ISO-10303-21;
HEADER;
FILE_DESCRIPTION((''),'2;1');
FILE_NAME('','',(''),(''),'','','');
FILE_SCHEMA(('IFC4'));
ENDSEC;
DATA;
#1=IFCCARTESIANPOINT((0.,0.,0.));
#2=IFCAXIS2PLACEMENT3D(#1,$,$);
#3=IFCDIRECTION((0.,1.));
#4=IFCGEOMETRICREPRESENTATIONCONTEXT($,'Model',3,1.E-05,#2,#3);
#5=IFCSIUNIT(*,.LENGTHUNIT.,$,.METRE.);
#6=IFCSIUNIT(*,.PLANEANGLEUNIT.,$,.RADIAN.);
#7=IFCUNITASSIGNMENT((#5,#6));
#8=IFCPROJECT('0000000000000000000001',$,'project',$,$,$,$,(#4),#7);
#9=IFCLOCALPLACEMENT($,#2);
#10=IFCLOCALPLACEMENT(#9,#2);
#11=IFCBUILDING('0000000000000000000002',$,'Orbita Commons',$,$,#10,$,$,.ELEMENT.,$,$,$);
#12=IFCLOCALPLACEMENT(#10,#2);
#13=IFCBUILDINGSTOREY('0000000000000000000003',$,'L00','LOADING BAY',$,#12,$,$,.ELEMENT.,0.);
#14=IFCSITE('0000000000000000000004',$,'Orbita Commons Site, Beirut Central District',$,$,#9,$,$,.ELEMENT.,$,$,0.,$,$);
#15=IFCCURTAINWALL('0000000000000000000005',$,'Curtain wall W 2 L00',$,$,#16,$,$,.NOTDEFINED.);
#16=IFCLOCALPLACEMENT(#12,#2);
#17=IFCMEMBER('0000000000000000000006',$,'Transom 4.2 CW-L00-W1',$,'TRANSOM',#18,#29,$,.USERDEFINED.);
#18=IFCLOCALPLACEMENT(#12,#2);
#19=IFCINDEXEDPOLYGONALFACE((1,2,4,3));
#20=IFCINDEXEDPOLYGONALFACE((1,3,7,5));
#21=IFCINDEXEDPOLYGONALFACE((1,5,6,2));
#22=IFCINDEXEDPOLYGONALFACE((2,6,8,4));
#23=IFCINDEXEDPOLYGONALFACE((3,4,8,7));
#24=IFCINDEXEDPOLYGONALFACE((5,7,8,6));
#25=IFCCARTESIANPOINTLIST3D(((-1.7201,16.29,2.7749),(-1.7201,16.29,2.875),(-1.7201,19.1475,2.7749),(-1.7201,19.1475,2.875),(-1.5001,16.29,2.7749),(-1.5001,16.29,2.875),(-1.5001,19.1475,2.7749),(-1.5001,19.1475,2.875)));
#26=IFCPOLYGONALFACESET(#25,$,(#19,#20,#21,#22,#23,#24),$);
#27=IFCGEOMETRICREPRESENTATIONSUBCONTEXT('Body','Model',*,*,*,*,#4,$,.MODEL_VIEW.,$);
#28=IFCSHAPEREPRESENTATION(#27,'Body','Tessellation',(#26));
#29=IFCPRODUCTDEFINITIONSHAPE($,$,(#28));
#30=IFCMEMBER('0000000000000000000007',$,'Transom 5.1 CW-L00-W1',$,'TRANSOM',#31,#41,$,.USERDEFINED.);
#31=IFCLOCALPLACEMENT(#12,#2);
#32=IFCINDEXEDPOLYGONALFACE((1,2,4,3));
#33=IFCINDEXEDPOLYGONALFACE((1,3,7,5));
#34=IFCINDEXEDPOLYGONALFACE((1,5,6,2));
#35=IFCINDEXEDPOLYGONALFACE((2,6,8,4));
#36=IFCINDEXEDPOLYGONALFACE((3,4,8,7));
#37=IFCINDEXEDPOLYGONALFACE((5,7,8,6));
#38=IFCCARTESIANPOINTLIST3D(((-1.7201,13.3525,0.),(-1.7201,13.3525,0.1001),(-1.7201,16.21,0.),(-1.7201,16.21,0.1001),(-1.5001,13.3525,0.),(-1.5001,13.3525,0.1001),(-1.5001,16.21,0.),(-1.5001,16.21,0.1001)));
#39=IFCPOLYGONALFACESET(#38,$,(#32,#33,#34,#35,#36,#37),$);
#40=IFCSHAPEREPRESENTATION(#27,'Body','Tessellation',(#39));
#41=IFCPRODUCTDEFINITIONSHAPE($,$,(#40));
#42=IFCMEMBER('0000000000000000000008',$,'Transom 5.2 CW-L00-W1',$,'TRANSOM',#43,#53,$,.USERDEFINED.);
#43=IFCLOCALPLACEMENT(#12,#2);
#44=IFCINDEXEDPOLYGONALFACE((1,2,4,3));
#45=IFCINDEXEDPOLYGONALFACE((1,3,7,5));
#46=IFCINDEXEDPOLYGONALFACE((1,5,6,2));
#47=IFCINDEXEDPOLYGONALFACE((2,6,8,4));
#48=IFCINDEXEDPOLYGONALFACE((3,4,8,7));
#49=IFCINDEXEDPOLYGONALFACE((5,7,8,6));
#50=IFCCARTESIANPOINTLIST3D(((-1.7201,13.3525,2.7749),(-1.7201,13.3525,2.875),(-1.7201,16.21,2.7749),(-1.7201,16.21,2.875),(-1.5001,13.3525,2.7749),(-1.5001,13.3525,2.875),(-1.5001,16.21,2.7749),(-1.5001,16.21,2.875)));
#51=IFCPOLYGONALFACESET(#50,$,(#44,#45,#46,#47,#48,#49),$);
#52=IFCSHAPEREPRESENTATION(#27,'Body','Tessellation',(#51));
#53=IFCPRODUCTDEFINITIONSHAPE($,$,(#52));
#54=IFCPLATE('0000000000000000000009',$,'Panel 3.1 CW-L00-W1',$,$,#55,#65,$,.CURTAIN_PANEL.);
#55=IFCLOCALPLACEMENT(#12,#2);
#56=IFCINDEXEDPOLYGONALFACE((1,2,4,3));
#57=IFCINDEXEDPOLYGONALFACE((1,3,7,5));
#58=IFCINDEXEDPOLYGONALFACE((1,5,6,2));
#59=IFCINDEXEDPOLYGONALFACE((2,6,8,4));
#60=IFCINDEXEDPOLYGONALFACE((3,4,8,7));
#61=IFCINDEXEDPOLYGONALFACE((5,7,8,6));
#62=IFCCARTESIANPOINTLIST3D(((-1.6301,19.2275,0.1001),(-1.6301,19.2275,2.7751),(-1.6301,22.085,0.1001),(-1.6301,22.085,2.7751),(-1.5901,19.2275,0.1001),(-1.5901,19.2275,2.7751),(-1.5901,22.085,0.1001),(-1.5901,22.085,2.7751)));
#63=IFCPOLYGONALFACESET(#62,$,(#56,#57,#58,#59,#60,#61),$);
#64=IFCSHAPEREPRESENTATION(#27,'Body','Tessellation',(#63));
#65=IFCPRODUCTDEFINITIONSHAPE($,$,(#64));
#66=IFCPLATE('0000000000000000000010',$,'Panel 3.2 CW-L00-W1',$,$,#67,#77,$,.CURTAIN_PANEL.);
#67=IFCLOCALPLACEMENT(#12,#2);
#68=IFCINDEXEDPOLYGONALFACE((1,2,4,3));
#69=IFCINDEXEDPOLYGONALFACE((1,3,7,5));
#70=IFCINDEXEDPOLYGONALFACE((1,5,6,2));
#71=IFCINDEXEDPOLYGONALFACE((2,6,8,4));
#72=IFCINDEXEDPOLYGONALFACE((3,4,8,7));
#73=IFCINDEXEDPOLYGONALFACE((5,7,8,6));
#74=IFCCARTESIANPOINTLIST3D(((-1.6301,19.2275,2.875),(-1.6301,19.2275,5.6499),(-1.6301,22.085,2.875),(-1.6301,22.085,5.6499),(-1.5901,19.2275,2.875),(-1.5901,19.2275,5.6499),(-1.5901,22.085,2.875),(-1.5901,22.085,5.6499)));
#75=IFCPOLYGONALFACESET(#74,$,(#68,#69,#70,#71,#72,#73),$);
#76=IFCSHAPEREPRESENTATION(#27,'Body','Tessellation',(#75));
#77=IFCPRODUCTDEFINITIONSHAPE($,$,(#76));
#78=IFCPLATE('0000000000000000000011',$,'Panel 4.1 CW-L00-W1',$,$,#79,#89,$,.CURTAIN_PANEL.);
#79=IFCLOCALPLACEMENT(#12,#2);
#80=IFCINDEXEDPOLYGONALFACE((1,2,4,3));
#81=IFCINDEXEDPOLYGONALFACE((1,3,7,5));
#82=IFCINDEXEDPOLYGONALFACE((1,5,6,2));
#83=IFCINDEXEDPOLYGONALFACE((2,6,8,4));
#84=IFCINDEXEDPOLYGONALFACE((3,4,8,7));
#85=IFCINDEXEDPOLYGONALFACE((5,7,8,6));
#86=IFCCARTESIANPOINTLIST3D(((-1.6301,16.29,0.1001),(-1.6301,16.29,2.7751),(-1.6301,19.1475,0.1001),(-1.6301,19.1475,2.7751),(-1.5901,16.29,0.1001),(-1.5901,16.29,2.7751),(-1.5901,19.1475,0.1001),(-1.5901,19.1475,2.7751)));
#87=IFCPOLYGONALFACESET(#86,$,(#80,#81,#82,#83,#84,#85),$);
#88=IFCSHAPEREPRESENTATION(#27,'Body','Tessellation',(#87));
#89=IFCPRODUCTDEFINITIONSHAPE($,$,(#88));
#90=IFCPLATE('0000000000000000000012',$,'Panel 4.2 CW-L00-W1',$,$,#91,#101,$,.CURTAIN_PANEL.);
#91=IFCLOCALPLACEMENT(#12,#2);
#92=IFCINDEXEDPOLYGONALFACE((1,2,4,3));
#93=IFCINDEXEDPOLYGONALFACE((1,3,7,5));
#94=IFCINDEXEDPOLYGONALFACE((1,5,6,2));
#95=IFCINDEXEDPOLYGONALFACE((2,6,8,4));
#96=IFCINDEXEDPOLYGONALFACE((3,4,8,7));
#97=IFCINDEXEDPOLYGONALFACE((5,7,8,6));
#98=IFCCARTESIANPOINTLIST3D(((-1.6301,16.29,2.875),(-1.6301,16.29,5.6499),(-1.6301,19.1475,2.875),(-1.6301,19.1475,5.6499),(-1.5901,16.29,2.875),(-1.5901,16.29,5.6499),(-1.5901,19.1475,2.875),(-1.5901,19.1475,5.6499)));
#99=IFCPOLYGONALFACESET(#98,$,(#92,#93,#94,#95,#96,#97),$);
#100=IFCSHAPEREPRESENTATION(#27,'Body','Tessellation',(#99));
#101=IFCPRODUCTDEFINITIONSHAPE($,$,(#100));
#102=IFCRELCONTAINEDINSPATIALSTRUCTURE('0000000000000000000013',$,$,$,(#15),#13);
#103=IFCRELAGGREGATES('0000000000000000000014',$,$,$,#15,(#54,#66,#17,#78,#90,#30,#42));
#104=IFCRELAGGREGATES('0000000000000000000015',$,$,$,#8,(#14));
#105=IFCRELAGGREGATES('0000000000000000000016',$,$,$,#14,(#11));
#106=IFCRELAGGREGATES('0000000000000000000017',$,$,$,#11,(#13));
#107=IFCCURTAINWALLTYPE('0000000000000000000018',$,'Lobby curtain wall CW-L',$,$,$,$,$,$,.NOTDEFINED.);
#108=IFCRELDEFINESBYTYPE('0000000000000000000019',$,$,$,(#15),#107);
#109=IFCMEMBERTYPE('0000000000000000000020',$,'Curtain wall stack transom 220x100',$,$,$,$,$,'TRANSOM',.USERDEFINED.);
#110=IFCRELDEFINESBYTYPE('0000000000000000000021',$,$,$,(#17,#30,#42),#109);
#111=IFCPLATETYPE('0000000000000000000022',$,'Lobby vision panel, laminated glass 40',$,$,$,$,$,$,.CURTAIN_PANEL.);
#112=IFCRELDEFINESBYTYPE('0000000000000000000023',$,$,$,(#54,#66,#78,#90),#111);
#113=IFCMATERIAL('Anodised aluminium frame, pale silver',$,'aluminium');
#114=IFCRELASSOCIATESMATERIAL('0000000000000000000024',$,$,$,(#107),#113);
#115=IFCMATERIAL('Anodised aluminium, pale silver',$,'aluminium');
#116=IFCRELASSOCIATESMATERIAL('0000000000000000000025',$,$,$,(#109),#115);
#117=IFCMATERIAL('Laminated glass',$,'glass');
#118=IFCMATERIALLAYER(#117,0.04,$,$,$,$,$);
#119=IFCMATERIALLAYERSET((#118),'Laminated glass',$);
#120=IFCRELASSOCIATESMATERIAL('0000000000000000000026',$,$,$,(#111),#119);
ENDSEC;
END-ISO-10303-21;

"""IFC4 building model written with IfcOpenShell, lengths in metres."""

from ifc_helpers import new_model, si_unit, direction, frame, origin, origin_2d, place, context, subcontext, project, spatial, rectangle, extrude, material, layer, layer_set, material_profile, profile_set, type_object, element, aggregate, save


model = new_model("IFC4")

# Units and contexts
model_context = context("Model", 3, precision=1e-05, world=origin(), true_north=direction((0.0, 1.0)))
body_context = subcontext(model_context, "Body", "Model", "MODEL_VIEW")
ifc_project = project(units=[si_unit("LENGTHUNIT", "METRE"), si_unit("PLANEANGLEUNIT", "RADIAN")], contexts=[model_context])

# Site, building, storey
site_placement = place(None, origin())
site = spatial("IfcSite", under=ifc_project, at=site_placement, Name="Orbita Commons Site, Beirut Central District", CompositionType="ELEMENT", RefElevation=0.0)
building_placement = place(site_placement, origin())
building = spatial("IfcBuilding", under=site, at=building_placement, Name="Orbita Commons", CompositionType="ELEMENT")
storey_placement = place(building_placement, origin())
storey = spatial("IfcBuildingStorey", under=building, at=storey_placement, Name="L00", Description="LOADING BAY", CompositionType="ELEMENT", Elevation=0.0)

# Curtain wall, members, plates
ifc_material_1 = material(Name="Anodised aluminium frame, pale silver", Category="aluminium")
curtain_wall_type = type_object("IfcCurtainWallType", Name="Lobby curtain wall CW-L", PredefinedType="NOTDEFINED", material=ifc_material_1)
curtain_wall_placement = place(storey_placement, origin())
curtain_wall = element("IfcCurtainWall", 1, at=curtain_wall_placement, inside=storey, type_object=curtain_wall_type, Name="Curtain wall W 2 L00", PredefinedType="NOTDEFINED")
ifc_material_2 = material(Name="Anodised aluminium, pale silver", Category="aluminium")
ifc_material_profile_1 = material_profile(ifc_material_2, rectangle(XDim=0.22, YDim=0.1001, at=origin_2d()), Name="AL 220x100")
ifc_profile_set_1 = profile_set([ifc_material_profile_1], Name="Anodised aluminium, pale silver")
member_type_1 = type_object("IfcMemberType", Name="Curtain wall stack transom 220x100", ElementType="TRANSOM", PredefinedType="USERDEFINED", material=ifc_profile_set_1)
member_1_placement = place(storey_placement, frame((-1.6101, 19.1475, 2.825), z_axis=(0.0, -1.0, 0.0), x_axis=(1.0, 0.0, 0.0)))
member_1 = element("IfcMember", 2, at=member_1_placement, type_object=member_type_1, Name="Transom 4.2 CW-L00-W1", ObjectType="TRANSOM", PredefinedType="USERDEFINED", context=body_context, shape_type="SweptSolid", body=[
    extrude(rectangle(XDim=0.22, YDim=0.1001, at=origin_2d()), origin(), (0.0, 0.0, 1.0), 2.8574),
])
member_2_placement = place(storey_placement, frame((-1.6101, 16.21, 0.05), z_axis=(0.0, -1.0, 0.0), x_axis=(1.0, 0.0, 0.0)))
member_2 = element("IfcMember", 3, at=member_2_placement, type_object=member_type_1, Name="Transom 5.1 CW-L00-W1", ObjectType="TRANSOM", PredefinedType="USERDEFINED", context=body_context, shape_type="SweptSolid", body=[
    extrude(rectangle(XDim=0.22, YDim=0.1001, at=origin_2d()), origin(), (0.0, 0.0, 1.0), 2.8574),
])
member_3_placement = place(storey_placement, frame((-1.6101, 16.21, 2.825), z_axis=(0.0, -1.0, 0.0), x_axis=(1.0, 0.0, 0.0)))
member_3 = element("IfcMember", 4, at=member_3_placement, type_object=member_type_1, Name="Transom 5.2 CW-L00-W1", ObjectType="TRANSOM", PredefinedType="USERDEFINED", context=body_context, shape_type="SweptSolid", body=[
    extrude(rectangle(XDim=0.22, YDim=0.1001, at=origin_2d()), origin(), (0.0, 0.0, 1.0), 2.8574),
])
ifc_material_3 = material(Name="Laminated glass", Category="glass")
ifc_layer = layer(ifc_material_3, 0.04)
ifc_layer_set = layer_set([ifc_layer], Name="Laminated glass")
plate_type = type_object("IfcPlateType", Name="Lobby vision panel, laminated glass 40", PredefinedType="CURTAIN_PANEL", material=ifc_layer_set)
plate_1_placement = place(storey_placement, frame((-1.6101, 20.6562, 0.1001), z_axis=(0.0, 0.0, 1.0), x_axis=(0.0, -1.0, 0.0)))
plate_1 = element("IfcPlate", 5, at=plate_1_placement, type_object=plate_type, Name="Panel 3.1 CW-L00-W1", PredefinedType="CURTAIN_PANEL", context=body_context, shape_type="SweptSolid", body=[
    extrude(rectangle(XDim=2.8574, YDim=0.04, at=origin_2d()), origin(), (0.0, 0.0, 1.0), 2.675),
])
plate_2_placement = place(storey_placement, frame((-1.6101, 20.6562, 2.875), z_axis=(0.0, 0.0, 1.0), x_axis=(0.0, -1.0, 0.0)))
plate_2 = element("IfcPlate", 6, at=plate_2_placement, type_object=plate_type, Name="Panel 3.2 CW-L00-W1", PredefinedType="CURTAIN_PANEL", context=body_context, shape_type="SweptSolid", body=[
    extrude(rectangle(XDim=2.8574, YDim=0.04, at=origin_2d()), origin(), (0.0, 0.0, 1.0), 2.7749),
])
plate_3_placement = place(storey_placement, frame((-1.6101, 17.7188, 0.1001), z_axis=(0.0, 0.0, 1.0), x_axis=(0.0, -1.0, 0.0)))
plate_3 = element("IfcPlate", 7, at=plate_3_placement, type_object=plate_type, Name="Panel 4.1 CW-L00-W1", PredefinedType="CURTAIN_PANEL", context=body_context, shape_type="SweptSolid", body=[
    extrude(rectangle(XDim=2.8574, YDim=0.04, at=origin_2d()), origin(), (0.0, 0.0, 1.0), 2.675),
])
plate_4_placement = place(storey_placement, frame((-1.6101, 17.7188, 2.875), z_axis=(0.0, 0.0, 1.0), x_axis=(0.0, -1.0, 0.0)))
plate_4 = element("IfcPlate", 8, at=plate_4_placement, type_object=plate_type, Name="Panel 4.2 CW-L00-W1", PredefinedType="CURTAIN_PANEL", context=body_context, shape_type="SweptSolid", body=[
    extrude(rectangle(XDim=2.8574, YDim=0.04, at=origin_2d()), origin(), (0.0, 0.0, 1.0), 2.7749),
])
aggregate(curtain_wall, [plate_1, plate_2, member_1, plate_3, plate_4, member_2, member_3])

save(model, "model.ifc")
